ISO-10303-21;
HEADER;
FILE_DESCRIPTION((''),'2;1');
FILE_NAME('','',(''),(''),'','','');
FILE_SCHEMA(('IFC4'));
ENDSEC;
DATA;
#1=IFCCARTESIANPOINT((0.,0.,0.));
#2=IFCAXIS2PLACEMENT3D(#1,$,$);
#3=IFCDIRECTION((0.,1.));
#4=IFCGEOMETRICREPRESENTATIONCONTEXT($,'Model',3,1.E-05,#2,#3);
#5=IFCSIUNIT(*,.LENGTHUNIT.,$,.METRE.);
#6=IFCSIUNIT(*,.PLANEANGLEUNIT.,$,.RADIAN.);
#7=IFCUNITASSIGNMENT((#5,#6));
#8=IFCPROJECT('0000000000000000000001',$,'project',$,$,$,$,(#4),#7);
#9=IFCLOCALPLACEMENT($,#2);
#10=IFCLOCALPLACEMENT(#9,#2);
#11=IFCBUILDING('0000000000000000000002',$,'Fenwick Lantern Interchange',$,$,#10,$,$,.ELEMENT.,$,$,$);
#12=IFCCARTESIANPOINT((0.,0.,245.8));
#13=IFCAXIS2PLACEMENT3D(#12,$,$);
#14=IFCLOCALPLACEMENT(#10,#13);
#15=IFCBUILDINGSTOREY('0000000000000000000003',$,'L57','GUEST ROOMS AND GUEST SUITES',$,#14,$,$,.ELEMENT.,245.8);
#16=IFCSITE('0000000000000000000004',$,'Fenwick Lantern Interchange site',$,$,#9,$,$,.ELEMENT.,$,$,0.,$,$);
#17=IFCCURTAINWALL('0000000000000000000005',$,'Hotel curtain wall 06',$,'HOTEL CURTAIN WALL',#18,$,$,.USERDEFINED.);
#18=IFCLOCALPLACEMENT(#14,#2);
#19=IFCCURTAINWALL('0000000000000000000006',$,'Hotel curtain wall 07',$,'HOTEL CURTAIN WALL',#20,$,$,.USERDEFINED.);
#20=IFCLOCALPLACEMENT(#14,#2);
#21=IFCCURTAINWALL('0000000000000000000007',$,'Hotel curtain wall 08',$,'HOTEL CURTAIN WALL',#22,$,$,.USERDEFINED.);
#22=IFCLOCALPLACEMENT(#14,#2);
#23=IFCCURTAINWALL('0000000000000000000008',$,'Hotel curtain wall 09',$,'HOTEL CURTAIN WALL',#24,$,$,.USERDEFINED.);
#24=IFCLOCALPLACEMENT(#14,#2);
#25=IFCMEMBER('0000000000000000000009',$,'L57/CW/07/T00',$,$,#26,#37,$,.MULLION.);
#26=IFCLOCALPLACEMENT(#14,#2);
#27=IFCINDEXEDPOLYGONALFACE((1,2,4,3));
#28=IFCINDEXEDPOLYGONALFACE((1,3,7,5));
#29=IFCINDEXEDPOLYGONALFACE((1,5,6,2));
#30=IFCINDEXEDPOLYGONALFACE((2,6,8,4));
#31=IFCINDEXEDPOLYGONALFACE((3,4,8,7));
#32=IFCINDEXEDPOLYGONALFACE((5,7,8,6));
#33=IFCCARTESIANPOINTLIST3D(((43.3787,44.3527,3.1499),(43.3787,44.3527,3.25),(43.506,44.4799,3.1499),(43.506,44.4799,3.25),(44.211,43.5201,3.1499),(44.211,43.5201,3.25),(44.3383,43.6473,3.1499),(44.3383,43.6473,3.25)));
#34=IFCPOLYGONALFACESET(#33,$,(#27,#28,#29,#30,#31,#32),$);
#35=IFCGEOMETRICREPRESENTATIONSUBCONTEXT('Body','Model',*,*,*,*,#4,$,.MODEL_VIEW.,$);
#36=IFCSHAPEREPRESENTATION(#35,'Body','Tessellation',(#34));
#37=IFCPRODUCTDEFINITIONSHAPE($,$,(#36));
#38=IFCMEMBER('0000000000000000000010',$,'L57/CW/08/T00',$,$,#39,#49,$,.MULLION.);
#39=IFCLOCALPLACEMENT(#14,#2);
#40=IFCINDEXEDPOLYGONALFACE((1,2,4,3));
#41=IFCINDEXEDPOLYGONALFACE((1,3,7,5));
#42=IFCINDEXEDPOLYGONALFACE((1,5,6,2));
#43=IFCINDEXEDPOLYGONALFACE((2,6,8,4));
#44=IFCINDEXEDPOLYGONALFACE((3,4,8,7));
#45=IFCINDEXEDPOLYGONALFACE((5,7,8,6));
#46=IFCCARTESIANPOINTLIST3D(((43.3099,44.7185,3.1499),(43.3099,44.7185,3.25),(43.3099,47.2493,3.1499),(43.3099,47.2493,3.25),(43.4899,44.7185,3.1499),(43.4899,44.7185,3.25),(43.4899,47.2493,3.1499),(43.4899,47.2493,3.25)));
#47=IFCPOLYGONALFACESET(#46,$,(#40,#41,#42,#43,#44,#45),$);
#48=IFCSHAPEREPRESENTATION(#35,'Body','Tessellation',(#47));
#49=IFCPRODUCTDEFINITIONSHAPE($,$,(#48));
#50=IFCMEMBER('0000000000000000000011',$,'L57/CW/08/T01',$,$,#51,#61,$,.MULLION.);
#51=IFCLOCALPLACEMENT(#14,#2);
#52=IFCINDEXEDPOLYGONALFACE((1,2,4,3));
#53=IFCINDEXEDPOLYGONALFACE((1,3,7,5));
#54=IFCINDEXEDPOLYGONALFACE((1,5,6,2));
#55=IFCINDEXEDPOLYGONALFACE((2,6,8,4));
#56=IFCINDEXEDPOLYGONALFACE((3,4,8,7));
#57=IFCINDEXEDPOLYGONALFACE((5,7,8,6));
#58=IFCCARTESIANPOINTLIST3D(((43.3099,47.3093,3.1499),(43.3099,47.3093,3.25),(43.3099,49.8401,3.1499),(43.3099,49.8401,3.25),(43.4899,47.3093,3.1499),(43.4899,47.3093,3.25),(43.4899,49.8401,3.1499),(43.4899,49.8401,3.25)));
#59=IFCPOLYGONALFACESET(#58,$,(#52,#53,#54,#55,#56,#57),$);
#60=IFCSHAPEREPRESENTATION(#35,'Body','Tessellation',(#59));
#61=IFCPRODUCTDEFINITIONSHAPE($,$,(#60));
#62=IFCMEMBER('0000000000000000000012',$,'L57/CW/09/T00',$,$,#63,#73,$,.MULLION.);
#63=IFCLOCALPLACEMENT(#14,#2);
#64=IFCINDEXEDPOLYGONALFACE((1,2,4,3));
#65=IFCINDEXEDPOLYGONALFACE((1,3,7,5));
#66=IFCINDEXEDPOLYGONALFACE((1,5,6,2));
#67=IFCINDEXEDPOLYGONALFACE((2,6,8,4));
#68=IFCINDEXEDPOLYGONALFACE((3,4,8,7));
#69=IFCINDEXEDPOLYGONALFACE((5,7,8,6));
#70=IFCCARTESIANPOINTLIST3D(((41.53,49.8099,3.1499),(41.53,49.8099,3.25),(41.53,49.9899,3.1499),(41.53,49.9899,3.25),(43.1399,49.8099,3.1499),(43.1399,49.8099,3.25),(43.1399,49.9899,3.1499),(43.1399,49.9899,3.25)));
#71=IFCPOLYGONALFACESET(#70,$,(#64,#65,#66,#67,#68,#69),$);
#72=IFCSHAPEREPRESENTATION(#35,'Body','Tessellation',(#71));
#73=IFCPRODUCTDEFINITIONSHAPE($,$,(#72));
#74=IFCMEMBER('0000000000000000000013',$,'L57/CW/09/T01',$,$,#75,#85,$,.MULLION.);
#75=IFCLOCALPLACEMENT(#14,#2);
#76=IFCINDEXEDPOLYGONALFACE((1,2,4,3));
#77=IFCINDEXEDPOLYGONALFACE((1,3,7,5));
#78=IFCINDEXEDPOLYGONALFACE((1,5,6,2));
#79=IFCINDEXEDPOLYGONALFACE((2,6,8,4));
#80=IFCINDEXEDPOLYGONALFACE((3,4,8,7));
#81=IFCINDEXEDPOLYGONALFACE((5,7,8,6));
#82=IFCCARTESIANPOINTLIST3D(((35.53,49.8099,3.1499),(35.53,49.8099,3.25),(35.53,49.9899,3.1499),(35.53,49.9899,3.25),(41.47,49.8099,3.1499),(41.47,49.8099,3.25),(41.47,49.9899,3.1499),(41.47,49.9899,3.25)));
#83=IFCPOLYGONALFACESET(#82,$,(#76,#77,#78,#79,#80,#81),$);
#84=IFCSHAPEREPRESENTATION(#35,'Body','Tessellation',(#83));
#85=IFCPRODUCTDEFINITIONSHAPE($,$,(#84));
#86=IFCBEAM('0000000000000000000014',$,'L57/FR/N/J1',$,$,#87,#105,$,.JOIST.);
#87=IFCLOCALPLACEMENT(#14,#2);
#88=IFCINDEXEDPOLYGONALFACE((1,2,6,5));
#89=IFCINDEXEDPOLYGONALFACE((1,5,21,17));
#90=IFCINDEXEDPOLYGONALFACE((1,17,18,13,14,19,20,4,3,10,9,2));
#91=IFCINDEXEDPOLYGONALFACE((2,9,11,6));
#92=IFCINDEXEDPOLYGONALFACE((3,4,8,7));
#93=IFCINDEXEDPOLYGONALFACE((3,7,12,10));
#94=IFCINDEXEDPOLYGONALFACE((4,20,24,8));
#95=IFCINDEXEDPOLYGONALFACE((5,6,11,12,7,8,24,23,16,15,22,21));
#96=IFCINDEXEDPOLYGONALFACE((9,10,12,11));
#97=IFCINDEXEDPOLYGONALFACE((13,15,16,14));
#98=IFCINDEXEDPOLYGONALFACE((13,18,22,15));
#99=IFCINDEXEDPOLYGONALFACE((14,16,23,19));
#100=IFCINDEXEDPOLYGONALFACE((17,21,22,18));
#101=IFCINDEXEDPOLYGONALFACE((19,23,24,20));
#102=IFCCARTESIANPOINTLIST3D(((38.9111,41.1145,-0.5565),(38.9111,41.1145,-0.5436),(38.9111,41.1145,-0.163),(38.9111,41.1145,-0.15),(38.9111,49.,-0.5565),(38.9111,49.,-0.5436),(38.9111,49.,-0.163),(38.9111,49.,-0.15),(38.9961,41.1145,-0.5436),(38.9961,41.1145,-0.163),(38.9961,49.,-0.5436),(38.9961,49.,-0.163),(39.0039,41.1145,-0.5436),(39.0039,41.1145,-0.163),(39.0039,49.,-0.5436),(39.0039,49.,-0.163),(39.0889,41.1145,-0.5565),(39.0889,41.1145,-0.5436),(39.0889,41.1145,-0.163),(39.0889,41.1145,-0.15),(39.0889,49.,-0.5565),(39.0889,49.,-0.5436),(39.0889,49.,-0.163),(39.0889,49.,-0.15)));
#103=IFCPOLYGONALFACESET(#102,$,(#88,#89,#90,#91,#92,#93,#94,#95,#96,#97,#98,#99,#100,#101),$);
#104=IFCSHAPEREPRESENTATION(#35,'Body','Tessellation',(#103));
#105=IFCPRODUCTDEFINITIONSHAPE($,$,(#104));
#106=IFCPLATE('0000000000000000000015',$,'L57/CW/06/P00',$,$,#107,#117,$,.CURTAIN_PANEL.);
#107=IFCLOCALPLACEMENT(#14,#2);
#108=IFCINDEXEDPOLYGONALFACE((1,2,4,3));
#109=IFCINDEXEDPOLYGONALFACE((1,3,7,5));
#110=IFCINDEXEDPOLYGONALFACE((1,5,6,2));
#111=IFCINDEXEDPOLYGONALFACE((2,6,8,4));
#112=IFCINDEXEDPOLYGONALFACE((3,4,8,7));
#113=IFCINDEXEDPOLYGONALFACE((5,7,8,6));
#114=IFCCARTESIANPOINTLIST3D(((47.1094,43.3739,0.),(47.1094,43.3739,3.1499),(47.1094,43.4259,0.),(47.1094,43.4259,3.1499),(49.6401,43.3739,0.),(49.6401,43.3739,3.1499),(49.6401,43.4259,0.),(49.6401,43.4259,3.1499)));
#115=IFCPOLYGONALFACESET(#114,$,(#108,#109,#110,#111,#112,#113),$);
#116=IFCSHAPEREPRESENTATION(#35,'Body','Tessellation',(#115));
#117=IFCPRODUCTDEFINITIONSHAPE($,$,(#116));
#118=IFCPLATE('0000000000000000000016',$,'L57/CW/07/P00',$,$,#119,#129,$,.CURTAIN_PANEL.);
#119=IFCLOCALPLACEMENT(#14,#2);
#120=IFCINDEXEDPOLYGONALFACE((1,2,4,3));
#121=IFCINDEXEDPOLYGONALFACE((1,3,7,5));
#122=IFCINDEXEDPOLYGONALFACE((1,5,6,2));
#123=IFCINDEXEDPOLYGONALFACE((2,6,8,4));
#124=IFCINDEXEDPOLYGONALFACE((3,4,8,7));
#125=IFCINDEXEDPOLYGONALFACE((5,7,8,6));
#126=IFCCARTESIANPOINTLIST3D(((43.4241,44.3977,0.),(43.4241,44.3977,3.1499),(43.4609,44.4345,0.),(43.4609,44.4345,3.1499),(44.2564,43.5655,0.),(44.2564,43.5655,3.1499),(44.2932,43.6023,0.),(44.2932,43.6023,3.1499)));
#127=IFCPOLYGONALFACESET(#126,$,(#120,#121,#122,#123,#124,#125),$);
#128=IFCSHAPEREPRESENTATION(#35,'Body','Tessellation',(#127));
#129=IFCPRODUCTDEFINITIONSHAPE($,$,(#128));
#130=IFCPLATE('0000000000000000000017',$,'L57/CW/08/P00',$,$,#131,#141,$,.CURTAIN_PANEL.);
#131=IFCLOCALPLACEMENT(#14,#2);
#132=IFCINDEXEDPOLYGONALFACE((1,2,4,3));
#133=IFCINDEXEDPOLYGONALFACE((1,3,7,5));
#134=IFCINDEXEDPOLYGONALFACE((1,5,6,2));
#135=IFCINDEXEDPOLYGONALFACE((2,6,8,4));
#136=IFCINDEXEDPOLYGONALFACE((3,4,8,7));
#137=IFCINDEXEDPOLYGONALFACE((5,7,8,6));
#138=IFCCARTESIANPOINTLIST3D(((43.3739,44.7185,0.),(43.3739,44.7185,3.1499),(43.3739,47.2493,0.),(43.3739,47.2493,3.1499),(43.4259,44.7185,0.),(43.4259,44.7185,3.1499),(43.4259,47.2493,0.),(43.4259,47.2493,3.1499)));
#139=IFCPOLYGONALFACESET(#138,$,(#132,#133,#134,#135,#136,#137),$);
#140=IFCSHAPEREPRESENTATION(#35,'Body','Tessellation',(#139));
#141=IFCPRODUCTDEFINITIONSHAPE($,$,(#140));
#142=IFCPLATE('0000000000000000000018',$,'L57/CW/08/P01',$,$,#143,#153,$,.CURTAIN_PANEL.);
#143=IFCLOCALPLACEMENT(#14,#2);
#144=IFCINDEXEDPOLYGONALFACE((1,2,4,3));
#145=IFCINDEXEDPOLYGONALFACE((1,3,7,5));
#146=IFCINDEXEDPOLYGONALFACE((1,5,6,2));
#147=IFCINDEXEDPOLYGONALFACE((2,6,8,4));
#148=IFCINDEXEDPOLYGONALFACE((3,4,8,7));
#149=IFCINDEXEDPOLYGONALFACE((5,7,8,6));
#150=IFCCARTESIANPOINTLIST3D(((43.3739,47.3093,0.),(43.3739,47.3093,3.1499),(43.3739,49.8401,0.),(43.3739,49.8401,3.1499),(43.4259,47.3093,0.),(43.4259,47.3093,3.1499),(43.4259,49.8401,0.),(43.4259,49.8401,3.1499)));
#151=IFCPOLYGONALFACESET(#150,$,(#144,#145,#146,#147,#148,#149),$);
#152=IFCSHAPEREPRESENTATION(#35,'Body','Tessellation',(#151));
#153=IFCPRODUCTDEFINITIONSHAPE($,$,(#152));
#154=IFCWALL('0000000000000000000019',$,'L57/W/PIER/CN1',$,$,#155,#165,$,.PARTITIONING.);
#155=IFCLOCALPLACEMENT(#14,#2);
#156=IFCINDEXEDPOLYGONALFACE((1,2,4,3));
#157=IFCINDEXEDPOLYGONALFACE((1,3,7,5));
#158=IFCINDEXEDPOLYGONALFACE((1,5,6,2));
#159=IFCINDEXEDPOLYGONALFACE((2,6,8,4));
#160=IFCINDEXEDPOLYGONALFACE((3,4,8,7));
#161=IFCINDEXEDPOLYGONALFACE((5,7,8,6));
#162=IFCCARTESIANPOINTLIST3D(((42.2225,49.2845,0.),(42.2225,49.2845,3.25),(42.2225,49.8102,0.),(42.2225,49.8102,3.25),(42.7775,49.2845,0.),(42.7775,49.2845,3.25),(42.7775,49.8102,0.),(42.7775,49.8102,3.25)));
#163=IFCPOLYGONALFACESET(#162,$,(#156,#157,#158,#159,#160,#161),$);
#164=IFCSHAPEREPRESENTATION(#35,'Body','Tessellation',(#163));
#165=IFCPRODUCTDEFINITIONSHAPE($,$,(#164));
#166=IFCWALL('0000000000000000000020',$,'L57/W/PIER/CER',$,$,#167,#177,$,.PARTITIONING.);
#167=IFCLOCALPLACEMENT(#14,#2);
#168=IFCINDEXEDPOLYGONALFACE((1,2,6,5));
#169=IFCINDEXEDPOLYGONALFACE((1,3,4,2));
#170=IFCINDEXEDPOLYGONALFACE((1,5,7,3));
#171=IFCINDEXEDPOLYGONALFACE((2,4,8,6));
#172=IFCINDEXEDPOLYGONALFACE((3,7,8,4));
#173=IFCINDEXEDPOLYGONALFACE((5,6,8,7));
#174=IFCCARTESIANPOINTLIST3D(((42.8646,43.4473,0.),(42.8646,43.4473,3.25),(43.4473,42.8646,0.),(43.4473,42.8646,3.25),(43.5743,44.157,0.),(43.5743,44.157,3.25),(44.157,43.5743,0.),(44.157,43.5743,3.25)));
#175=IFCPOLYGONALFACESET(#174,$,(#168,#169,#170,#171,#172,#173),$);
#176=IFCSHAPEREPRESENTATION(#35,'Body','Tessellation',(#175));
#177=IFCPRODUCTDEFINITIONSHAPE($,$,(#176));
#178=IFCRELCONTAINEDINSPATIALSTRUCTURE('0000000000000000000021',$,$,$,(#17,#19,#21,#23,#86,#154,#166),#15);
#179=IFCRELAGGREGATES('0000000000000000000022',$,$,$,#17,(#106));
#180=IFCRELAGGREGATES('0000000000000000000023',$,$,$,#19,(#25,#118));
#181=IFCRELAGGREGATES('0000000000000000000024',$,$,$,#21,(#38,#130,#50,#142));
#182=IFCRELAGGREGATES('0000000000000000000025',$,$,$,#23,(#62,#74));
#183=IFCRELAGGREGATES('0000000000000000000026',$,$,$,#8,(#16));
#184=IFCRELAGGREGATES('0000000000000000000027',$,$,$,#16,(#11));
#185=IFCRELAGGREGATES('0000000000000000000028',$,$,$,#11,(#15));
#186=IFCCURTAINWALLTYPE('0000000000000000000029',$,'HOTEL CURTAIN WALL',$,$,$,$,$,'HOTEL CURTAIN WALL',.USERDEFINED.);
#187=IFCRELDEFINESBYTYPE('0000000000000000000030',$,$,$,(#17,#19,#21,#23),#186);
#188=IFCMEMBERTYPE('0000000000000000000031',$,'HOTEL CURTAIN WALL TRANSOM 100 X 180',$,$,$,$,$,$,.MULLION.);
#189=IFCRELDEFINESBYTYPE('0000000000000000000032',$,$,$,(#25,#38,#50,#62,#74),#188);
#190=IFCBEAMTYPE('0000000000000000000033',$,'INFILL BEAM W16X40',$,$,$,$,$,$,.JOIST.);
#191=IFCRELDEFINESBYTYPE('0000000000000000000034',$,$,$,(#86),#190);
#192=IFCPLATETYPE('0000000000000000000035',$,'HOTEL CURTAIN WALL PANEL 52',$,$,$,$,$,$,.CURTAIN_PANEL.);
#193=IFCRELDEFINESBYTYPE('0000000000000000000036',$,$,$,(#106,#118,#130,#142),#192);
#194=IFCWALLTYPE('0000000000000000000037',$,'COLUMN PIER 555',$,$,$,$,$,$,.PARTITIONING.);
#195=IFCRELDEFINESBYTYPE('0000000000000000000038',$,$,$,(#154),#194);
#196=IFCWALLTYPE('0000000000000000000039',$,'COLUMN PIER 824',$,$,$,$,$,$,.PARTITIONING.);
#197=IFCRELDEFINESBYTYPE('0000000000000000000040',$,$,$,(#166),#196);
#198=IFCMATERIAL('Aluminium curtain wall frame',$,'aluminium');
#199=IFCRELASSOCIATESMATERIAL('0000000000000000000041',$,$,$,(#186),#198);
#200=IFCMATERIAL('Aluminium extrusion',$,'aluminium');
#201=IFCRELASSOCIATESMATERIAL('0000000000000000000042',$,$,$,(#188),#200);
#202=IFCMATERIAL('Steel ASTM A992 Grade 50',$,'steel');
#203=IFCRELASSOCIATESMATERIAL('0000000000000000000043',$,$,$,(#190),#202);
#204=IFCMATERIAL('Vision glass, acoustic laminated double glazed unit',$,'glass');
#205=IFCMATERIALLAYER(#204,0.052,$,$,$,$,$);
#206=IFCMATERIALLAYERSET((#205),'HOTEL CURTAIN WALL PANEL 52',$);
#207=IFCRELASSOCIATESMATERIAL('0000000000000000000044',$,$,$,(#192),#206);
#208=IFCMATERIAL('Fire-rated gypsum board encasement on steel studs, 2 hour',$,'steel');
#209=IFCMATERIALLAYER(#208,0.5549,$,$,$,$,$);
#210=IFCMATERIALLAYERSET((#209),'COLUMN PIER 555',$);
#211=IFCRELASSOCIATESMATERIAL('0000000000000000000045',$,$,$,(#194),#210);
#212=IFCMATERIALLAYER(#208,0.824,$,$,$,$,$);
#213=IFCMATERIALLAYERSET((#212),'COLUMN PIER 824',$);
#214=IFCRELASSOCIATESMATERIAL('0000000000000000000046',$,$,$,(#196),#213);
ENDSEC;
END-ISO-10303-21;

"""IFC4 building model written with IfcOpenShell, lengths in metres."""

from ifc_helpers import new_model, si_unit, direction, frame, frame_2d, origin, origin_2d, place, context, subcontext, project, spatial, rectangle, i_section, extrude, material, layer, layer_set, material_profile, profile_set, type_object, element, aggregate, save


model = new_model("IFC4")

# Units and contexts
model_context = context("Model", 3, precision=1e-05, world=origin(), true_north=direction((0.0, 1.0)))
body_context = subcontext(model_context, "Body", "Model", "MODEL_VIEW")
ifc_project = project(units=[si_unit("LENGTHUNIT", "METRE"), si_unit("PLANEANGLEUNIT", "RADIAN")], contexts=[model_context])

# Site, building, storey
site_placement = place(None, origin())
site = spatial("IfcSite", under=ifc_project, at=site_placement, Name="Fenwick Lantern Interchange site", CompositionType="ELEMENT", RefElevation=0.0)
building_placement = place(site_placement, origin())
building = spatial("IfcBuilding", under=site, at=building_placement, Name="Fenwick Lantern Interchange", CompositionType="ELEMENT")
storey_placement = place(building_placement, frame((0.0, 0.0, 245.8)))
storey = spatial("IfcBuildingStorey", under=building, at=storey_placement, Name="L57", Description="GUEST ROOMS AND GUEST SUITES", CompositionType="ELEMENT", Elevation=245.8)

# Shared definitions
ifc_material_1 = material(Name="Steel ASTM A992 Grade 50", Category="steel")

# Curtain walls
ifc_material_2 = material(Name="Aluminium curtain wall frame", Category="aluminium")
curtain_wall_type = type_object("IfcCurtainWallType", Name="HOTEL CURTAIN WALL", ElementType="HOTEL CURTAIN WALL", PredefinedType="USERDEFINED", material=ifc_material_2)
curtain_wall_1_placement = place(storey_placement, origin())
curtain_wall_1 = element("IfcCurtainWall", 1, at=curtain_wall_1_placement, inside=storey, type_object=curtain_wall_type, Name="Hotel curtain wall 06", ObjectType="HOTEL CURTAIN WALL", PredefinedType="USERDEFINED")
ifc_material_3 = material(Name="Aluminium extrusion", Category="aluminium")
curtain_wall_2_placement = place(storey_placement, origin())
curtain_wall_2 = element("IfcCurtainWall", 2, at=curtain_wall_2_placement, inside=storey, type_object=curtain_wall_type, Name="Hotel curtain wall 07", ObjectType="HOTEL CURTAIN WALL", PredefinedType="USERDEFINED")
curtain_wall_3_placement = place(storey_placement, origin())
curtain_wall_3 = element("IfcCurtainWall", 3, at=curtain_wall_3_placement, inside=storey, type_object=curtain_wall_type, Name="Hotel curtain wall 08", ObjectType="HOTEL CURTAIN WALL", PredefinedType="USERDEFINED")
curtain_wall_4_placement = place(storey_placement, origin())
curtain_wall_4 = element("IfcCurtainWall", 4, at=curtain_wall_4_placement, inside=storey, type_object=curtain_wall_type, Name="Hotel curtain wall 09", ObjectType="HOTEL CURTAIN WALL", PredefinedType="USERDEFINED")

# Members
ifc_material_profile_1 = material_profile(ifc_material_3, rectangle(XDim=0.1799, YDim=0.1001, at=origin_2d()), Name="HOTEL CURTAIN WALL TRANSOM 100 X 180")
ifc_profile_set_1 = profile_set([ifc_material_profile_1], Name="Aluminium extrusion")
member_type_1 = type_object("IfcMemberType", Name="HOTEL CURTAIN WALL TRANSOM 100 X 180", PredefinedType="MULLION", material=ifc_profile_set_1)
member_1_placement = place(storey_placement, frame((44.2747, 43.5837, 3.2), z_axis=(-0.707003, 0.70721, 0.0), x_axis=(-0.70721, -0.707003, 0.0)))
member_1 = element("IfcMember", 5, at=member_1_placement, type_object=member_type_1, Name="L57/CW/07/T00", PredefinedType="MULLION", context=body_context, shape_type="SweptSolid", body=[
    extrude(rectangle(XDim=0.1799, YDim=0.1001, at=origin_2d()), origin(), (0.0, 0.0, 1.0), 1.1772),
])
member_2_placement = place(storey_placement, frame((43.3999, 44.7185, 3.2), z_axis=(0.0, 1.0, 0.0), x_axis=(-1.0, 0.0, 0.0)))
member_2 = element("IfcMember", 6, at=member_2_placement, type_object=member_type_1, Name="L57/CW/08/T00", PredefinedType="MULLION", context=body_context, shape_type="SweptSolid", body=[
    extrude(rectangle(XDim=0.1799, YDim=0.1001, at=origin_2d()), origin(), (0.0, 0.0, 1.0), 2.5308),
])
member_3_placement = place(storey_placement, frame((43.3999, 47.3093, 3.2), z_axis=(0.0, 1.0, 0.0), x_axis=(-1.0, 0.0, 0.0)))
member_3 = element("IfcMember", 7, at=member_3_placement, type_object=member_type_1, Name="L57/CW/08/T01", PredefinedType="MULLION", context=body_context, shape_type="SweptSolid", body=[
    extrude(rectangle(XDim=0.1799, YDim=0.1001, at=origin_2d()), origin(), (0.0, 0.0, 1.0), 2.5308),
])
member_4_placement = place(storey_placement, frame((43.1399, 49.8999, 3.2), z_axis=(-1.0, 0.0, 0.0), x_axis=(0.0, -1.0, 0.0)))
member_4 = element("IfcMember", 8, at=member_4_placement, type_object=member_type_1, Name="L57/CW/09/T00", PredefinedType="MULLION", context=body_context, shape_type="SweptSolid", body=[
    extrude(rectangle(XDim=0.1799, YDim=0.1001, at=origin_2d()), origin(), (0.0, 0.0, 1.0), 1.6099),
])
member_5_placement = place(storey_placement, frame((41.47, 49.8999, 3.2), z_axis=(-1.0, 0.0, 0.0), x_axis=(0.0, -1.0, 0.0)))
member_5 = element("IfcMember", 9, at=member_5_placement, type_object=member_type_1, Name="L57/CW/09/T01", PredefinedType="MULLION", context=body_context, shape_type="SweptSolid", body=[
    extrude(rectangle(XDim=0.1799, YDim=0.1001, at=origin_2d()), origin(), (0.0, 0.0, 1.0), 5.9399),
])

# Beam
ifc_material_profile_2 = material_profile(ifc_material_1, i_section(OverallWidth=0.1777, OverallDepth=0.4065, WebThickness=0.0078, FlangeThickness=0.0129, at=origin_2d()), Name="W16X40")
ifc_profile_set_2 = profile_set([ifc_material_profile_2], Name="Steel ASTM A992 Grade 50")
beam_type_1 = type_object("IfcBeamType", Name="INFILL BEAM W16X40", PredefinedType="JOIST", material=ifc_profile_set_2)
beam_1_placement = place(storey_placement, frame((39.0, 49.0, -0.3533), z_axis=(0.0, -1.0, 0.0), x_axis=(1.0, 0.0, 0.0)))
element("IfcBeam", 10, at=beam_1_placement, inside=storey, type_object=beam_type_1, Name="L57/FR/N/J1", PredefinedType="JOIST", context=body_context, shape_type="SweptSolid", body=[
    extrude(i_section(OverallWidth=0.1777, OverallDepth=0.4065, WebThickness=0.0078, FlangeThickness=0.0129, at=origin_2d()), origin(), (0.0, 0.0, 1.0), 7.8855),
])

# Plates
ifc_material_4 = material(Name="Vision glass, acoustic laminated double glazed unit", Category="glass")
ifc_layer_1 = layer(ifc_material_4, 0.052)
ifc_layer_set_1 = layer_set([ifc_layer_1], Name="HOTEL CURTAIN WALL PANEL 52")
plate_type = type_object("IfcPlateType", Name="HOTEL CURTAIN WALL PANEL 52", PredefinedType="CURTAIN_PANEL", material=ifc_layer_set_1)
plate_1_placement = place(storey_placement, frame((48.3748, 43.3999, 0.0), z_axis=(0.0, 0.0, 1.0), x_axis=(-1.0, 0.0, 0.0)))
plate_1 = element("IfcPlate", 11, at=plate_1_placement, type_object=plate_type, Name="L57/CW/06/P00", PredefinedType="CURTAIN_PANEL", context=body_context, shape_type="SweptSolid", body=[
    extrude(rectangle(XDim=2.5308, YDim=0.052, at=origin_2d()), origin(), (0.0, 0.0, 1.0), 3.1499),
])
aggregate(curtain_wall_1, [plate_1])
plate_2_placement = place(storey_placement, frame((43.8586, 44.0, 0.0), z_axis=(0.0, 0.0, 1.0), x_axis=(-0.707107, 0.707107, 0.0)))
plate_2 = element("IfcPlate", 12, at=plate_2_placement, type_object=plate_type, Name="L57/CW/07/P00", PredefinedType="CURTAIN_PANEL", context=body_context, shape_type="SweptSolid", body=[
    extrude(rectangle(XDim=1.177, YDim=0.052, at=origin_2d()), origin(), (0.0, 0.0, 1.0), 3.1499),
])
aggregate(curtain_wall_2, [member_1, plate_2])
plate_3_placement = place(storey_placement, frame((43.3999, 45.9839, 0.0), z_axis=(0.0, 0.0, 1.0), x_axis=(0.0, 1.0, 0.0)))
plate_3 = element("IfcPlate", 13, at=plate_3_placement, type_object=plate_type, Name="L57/CW/08/P00", PredefinedType="CURTAIN_PANEL", context=body_context, shape_type="SweptSolid", body=[
    extrude(rectangle(XDim=2.5308, YDim=0.052, at=origin_2d()), origin(), (0.0, 0.0, 1.0), 3.1499),
])
plate_4_placement = place(storey_placement, frame((43.3999, 48.5747, 0.0), z_axis=(0.0, 0.0, 1.0), x_axis=(0.0, 1.0, 0.0)))
plate_4 = element("IfcPlate", 14, at=plate_4_placement, type_object=plate_type, Name="L57/CW/08/P01", PredefinedType="CURTAIN_PANEL", context=body_context, shape_type="SweptSolid", body=[
    extrude(rectangle(XDim=2.5308, YDim=0.052, at=origin_2d()), origin(), (0.0, 0.0, 1.0), 3.1499),
])
aggregate(curtain_wall_3, [member_2, plate_3, member_3, plate_4])
aggregate(curtain_wall_4, [member_4, member_5])

# Walls
ifc_material_5 = material(Name="Fire-rated gypsum board encasement on steel studs, 2 hour", Category="steel")
ifc_layer_2 = layer(ifc_material_5, 0.5549)
ifc_layer_set_2 = layer_set([ifc_layer_2], Name="COLUMN PIER 555")
wall_type_1 = type_object("IfcWallType", Name="COLUMN PIER 555", PredefinedType="PARTITIONING", material=ifc_layer_set_2)
wall_1_placement = place(storey_placement, frame((42.5, 49.8101, 0.0), z_axis=(0.0, 0.0, 1.0), x_axis=(0.0, -1.0, 0.0)))
element("IfcWall", 15, at=wall_1_placement, inside=storey, type_object=wall_type_1, Name="L57/W/PIER/CN1", PredefinedType="PARTITIONING", context=body_context, shape_type="SweptSolid", body=[
    extrude(rectangle(XDim=0.5256, YDim=0.5549, at=frame_2d((0.2627, 0.0))), origin(), (0.0, 0.0, 1.0), 3.25),
])
ifc_layer_3 = layer(ifc_material_5, 0.824)
ifc_layer_set_3 = layer_set([ifc_layer_3], Name="COLUMN PIER 824")
wall_type_2 = type_object("IfcWallType", Name="COLUMN PIER 824", PredefinedType="PARTITIONING", material=ifc_layer_set_3)
wall_2_placement = place(storey_placement, frame((43.8657, 43.8657, 0.0), z_axis=(0.0, 0.0, 1.0), x_axis=(-0.707107, -0.707107, 0.0)))
element("IfcWall", 16, at=wall_2_placement, inside=storey, type_object=wall_type_2, Name="L57/W/PIER/CER", PredefinedType="PARTITIONING", context=body_context, shape_type="SweptSolid", body=[
    extrude(rectangle(XDim=1.0037, YDim=0.824, at=frame_2d((0.502, 0.0))), origin(), (0.0, 0.0, 1.0), 3.25),
])

save(model, "model.ifc")
